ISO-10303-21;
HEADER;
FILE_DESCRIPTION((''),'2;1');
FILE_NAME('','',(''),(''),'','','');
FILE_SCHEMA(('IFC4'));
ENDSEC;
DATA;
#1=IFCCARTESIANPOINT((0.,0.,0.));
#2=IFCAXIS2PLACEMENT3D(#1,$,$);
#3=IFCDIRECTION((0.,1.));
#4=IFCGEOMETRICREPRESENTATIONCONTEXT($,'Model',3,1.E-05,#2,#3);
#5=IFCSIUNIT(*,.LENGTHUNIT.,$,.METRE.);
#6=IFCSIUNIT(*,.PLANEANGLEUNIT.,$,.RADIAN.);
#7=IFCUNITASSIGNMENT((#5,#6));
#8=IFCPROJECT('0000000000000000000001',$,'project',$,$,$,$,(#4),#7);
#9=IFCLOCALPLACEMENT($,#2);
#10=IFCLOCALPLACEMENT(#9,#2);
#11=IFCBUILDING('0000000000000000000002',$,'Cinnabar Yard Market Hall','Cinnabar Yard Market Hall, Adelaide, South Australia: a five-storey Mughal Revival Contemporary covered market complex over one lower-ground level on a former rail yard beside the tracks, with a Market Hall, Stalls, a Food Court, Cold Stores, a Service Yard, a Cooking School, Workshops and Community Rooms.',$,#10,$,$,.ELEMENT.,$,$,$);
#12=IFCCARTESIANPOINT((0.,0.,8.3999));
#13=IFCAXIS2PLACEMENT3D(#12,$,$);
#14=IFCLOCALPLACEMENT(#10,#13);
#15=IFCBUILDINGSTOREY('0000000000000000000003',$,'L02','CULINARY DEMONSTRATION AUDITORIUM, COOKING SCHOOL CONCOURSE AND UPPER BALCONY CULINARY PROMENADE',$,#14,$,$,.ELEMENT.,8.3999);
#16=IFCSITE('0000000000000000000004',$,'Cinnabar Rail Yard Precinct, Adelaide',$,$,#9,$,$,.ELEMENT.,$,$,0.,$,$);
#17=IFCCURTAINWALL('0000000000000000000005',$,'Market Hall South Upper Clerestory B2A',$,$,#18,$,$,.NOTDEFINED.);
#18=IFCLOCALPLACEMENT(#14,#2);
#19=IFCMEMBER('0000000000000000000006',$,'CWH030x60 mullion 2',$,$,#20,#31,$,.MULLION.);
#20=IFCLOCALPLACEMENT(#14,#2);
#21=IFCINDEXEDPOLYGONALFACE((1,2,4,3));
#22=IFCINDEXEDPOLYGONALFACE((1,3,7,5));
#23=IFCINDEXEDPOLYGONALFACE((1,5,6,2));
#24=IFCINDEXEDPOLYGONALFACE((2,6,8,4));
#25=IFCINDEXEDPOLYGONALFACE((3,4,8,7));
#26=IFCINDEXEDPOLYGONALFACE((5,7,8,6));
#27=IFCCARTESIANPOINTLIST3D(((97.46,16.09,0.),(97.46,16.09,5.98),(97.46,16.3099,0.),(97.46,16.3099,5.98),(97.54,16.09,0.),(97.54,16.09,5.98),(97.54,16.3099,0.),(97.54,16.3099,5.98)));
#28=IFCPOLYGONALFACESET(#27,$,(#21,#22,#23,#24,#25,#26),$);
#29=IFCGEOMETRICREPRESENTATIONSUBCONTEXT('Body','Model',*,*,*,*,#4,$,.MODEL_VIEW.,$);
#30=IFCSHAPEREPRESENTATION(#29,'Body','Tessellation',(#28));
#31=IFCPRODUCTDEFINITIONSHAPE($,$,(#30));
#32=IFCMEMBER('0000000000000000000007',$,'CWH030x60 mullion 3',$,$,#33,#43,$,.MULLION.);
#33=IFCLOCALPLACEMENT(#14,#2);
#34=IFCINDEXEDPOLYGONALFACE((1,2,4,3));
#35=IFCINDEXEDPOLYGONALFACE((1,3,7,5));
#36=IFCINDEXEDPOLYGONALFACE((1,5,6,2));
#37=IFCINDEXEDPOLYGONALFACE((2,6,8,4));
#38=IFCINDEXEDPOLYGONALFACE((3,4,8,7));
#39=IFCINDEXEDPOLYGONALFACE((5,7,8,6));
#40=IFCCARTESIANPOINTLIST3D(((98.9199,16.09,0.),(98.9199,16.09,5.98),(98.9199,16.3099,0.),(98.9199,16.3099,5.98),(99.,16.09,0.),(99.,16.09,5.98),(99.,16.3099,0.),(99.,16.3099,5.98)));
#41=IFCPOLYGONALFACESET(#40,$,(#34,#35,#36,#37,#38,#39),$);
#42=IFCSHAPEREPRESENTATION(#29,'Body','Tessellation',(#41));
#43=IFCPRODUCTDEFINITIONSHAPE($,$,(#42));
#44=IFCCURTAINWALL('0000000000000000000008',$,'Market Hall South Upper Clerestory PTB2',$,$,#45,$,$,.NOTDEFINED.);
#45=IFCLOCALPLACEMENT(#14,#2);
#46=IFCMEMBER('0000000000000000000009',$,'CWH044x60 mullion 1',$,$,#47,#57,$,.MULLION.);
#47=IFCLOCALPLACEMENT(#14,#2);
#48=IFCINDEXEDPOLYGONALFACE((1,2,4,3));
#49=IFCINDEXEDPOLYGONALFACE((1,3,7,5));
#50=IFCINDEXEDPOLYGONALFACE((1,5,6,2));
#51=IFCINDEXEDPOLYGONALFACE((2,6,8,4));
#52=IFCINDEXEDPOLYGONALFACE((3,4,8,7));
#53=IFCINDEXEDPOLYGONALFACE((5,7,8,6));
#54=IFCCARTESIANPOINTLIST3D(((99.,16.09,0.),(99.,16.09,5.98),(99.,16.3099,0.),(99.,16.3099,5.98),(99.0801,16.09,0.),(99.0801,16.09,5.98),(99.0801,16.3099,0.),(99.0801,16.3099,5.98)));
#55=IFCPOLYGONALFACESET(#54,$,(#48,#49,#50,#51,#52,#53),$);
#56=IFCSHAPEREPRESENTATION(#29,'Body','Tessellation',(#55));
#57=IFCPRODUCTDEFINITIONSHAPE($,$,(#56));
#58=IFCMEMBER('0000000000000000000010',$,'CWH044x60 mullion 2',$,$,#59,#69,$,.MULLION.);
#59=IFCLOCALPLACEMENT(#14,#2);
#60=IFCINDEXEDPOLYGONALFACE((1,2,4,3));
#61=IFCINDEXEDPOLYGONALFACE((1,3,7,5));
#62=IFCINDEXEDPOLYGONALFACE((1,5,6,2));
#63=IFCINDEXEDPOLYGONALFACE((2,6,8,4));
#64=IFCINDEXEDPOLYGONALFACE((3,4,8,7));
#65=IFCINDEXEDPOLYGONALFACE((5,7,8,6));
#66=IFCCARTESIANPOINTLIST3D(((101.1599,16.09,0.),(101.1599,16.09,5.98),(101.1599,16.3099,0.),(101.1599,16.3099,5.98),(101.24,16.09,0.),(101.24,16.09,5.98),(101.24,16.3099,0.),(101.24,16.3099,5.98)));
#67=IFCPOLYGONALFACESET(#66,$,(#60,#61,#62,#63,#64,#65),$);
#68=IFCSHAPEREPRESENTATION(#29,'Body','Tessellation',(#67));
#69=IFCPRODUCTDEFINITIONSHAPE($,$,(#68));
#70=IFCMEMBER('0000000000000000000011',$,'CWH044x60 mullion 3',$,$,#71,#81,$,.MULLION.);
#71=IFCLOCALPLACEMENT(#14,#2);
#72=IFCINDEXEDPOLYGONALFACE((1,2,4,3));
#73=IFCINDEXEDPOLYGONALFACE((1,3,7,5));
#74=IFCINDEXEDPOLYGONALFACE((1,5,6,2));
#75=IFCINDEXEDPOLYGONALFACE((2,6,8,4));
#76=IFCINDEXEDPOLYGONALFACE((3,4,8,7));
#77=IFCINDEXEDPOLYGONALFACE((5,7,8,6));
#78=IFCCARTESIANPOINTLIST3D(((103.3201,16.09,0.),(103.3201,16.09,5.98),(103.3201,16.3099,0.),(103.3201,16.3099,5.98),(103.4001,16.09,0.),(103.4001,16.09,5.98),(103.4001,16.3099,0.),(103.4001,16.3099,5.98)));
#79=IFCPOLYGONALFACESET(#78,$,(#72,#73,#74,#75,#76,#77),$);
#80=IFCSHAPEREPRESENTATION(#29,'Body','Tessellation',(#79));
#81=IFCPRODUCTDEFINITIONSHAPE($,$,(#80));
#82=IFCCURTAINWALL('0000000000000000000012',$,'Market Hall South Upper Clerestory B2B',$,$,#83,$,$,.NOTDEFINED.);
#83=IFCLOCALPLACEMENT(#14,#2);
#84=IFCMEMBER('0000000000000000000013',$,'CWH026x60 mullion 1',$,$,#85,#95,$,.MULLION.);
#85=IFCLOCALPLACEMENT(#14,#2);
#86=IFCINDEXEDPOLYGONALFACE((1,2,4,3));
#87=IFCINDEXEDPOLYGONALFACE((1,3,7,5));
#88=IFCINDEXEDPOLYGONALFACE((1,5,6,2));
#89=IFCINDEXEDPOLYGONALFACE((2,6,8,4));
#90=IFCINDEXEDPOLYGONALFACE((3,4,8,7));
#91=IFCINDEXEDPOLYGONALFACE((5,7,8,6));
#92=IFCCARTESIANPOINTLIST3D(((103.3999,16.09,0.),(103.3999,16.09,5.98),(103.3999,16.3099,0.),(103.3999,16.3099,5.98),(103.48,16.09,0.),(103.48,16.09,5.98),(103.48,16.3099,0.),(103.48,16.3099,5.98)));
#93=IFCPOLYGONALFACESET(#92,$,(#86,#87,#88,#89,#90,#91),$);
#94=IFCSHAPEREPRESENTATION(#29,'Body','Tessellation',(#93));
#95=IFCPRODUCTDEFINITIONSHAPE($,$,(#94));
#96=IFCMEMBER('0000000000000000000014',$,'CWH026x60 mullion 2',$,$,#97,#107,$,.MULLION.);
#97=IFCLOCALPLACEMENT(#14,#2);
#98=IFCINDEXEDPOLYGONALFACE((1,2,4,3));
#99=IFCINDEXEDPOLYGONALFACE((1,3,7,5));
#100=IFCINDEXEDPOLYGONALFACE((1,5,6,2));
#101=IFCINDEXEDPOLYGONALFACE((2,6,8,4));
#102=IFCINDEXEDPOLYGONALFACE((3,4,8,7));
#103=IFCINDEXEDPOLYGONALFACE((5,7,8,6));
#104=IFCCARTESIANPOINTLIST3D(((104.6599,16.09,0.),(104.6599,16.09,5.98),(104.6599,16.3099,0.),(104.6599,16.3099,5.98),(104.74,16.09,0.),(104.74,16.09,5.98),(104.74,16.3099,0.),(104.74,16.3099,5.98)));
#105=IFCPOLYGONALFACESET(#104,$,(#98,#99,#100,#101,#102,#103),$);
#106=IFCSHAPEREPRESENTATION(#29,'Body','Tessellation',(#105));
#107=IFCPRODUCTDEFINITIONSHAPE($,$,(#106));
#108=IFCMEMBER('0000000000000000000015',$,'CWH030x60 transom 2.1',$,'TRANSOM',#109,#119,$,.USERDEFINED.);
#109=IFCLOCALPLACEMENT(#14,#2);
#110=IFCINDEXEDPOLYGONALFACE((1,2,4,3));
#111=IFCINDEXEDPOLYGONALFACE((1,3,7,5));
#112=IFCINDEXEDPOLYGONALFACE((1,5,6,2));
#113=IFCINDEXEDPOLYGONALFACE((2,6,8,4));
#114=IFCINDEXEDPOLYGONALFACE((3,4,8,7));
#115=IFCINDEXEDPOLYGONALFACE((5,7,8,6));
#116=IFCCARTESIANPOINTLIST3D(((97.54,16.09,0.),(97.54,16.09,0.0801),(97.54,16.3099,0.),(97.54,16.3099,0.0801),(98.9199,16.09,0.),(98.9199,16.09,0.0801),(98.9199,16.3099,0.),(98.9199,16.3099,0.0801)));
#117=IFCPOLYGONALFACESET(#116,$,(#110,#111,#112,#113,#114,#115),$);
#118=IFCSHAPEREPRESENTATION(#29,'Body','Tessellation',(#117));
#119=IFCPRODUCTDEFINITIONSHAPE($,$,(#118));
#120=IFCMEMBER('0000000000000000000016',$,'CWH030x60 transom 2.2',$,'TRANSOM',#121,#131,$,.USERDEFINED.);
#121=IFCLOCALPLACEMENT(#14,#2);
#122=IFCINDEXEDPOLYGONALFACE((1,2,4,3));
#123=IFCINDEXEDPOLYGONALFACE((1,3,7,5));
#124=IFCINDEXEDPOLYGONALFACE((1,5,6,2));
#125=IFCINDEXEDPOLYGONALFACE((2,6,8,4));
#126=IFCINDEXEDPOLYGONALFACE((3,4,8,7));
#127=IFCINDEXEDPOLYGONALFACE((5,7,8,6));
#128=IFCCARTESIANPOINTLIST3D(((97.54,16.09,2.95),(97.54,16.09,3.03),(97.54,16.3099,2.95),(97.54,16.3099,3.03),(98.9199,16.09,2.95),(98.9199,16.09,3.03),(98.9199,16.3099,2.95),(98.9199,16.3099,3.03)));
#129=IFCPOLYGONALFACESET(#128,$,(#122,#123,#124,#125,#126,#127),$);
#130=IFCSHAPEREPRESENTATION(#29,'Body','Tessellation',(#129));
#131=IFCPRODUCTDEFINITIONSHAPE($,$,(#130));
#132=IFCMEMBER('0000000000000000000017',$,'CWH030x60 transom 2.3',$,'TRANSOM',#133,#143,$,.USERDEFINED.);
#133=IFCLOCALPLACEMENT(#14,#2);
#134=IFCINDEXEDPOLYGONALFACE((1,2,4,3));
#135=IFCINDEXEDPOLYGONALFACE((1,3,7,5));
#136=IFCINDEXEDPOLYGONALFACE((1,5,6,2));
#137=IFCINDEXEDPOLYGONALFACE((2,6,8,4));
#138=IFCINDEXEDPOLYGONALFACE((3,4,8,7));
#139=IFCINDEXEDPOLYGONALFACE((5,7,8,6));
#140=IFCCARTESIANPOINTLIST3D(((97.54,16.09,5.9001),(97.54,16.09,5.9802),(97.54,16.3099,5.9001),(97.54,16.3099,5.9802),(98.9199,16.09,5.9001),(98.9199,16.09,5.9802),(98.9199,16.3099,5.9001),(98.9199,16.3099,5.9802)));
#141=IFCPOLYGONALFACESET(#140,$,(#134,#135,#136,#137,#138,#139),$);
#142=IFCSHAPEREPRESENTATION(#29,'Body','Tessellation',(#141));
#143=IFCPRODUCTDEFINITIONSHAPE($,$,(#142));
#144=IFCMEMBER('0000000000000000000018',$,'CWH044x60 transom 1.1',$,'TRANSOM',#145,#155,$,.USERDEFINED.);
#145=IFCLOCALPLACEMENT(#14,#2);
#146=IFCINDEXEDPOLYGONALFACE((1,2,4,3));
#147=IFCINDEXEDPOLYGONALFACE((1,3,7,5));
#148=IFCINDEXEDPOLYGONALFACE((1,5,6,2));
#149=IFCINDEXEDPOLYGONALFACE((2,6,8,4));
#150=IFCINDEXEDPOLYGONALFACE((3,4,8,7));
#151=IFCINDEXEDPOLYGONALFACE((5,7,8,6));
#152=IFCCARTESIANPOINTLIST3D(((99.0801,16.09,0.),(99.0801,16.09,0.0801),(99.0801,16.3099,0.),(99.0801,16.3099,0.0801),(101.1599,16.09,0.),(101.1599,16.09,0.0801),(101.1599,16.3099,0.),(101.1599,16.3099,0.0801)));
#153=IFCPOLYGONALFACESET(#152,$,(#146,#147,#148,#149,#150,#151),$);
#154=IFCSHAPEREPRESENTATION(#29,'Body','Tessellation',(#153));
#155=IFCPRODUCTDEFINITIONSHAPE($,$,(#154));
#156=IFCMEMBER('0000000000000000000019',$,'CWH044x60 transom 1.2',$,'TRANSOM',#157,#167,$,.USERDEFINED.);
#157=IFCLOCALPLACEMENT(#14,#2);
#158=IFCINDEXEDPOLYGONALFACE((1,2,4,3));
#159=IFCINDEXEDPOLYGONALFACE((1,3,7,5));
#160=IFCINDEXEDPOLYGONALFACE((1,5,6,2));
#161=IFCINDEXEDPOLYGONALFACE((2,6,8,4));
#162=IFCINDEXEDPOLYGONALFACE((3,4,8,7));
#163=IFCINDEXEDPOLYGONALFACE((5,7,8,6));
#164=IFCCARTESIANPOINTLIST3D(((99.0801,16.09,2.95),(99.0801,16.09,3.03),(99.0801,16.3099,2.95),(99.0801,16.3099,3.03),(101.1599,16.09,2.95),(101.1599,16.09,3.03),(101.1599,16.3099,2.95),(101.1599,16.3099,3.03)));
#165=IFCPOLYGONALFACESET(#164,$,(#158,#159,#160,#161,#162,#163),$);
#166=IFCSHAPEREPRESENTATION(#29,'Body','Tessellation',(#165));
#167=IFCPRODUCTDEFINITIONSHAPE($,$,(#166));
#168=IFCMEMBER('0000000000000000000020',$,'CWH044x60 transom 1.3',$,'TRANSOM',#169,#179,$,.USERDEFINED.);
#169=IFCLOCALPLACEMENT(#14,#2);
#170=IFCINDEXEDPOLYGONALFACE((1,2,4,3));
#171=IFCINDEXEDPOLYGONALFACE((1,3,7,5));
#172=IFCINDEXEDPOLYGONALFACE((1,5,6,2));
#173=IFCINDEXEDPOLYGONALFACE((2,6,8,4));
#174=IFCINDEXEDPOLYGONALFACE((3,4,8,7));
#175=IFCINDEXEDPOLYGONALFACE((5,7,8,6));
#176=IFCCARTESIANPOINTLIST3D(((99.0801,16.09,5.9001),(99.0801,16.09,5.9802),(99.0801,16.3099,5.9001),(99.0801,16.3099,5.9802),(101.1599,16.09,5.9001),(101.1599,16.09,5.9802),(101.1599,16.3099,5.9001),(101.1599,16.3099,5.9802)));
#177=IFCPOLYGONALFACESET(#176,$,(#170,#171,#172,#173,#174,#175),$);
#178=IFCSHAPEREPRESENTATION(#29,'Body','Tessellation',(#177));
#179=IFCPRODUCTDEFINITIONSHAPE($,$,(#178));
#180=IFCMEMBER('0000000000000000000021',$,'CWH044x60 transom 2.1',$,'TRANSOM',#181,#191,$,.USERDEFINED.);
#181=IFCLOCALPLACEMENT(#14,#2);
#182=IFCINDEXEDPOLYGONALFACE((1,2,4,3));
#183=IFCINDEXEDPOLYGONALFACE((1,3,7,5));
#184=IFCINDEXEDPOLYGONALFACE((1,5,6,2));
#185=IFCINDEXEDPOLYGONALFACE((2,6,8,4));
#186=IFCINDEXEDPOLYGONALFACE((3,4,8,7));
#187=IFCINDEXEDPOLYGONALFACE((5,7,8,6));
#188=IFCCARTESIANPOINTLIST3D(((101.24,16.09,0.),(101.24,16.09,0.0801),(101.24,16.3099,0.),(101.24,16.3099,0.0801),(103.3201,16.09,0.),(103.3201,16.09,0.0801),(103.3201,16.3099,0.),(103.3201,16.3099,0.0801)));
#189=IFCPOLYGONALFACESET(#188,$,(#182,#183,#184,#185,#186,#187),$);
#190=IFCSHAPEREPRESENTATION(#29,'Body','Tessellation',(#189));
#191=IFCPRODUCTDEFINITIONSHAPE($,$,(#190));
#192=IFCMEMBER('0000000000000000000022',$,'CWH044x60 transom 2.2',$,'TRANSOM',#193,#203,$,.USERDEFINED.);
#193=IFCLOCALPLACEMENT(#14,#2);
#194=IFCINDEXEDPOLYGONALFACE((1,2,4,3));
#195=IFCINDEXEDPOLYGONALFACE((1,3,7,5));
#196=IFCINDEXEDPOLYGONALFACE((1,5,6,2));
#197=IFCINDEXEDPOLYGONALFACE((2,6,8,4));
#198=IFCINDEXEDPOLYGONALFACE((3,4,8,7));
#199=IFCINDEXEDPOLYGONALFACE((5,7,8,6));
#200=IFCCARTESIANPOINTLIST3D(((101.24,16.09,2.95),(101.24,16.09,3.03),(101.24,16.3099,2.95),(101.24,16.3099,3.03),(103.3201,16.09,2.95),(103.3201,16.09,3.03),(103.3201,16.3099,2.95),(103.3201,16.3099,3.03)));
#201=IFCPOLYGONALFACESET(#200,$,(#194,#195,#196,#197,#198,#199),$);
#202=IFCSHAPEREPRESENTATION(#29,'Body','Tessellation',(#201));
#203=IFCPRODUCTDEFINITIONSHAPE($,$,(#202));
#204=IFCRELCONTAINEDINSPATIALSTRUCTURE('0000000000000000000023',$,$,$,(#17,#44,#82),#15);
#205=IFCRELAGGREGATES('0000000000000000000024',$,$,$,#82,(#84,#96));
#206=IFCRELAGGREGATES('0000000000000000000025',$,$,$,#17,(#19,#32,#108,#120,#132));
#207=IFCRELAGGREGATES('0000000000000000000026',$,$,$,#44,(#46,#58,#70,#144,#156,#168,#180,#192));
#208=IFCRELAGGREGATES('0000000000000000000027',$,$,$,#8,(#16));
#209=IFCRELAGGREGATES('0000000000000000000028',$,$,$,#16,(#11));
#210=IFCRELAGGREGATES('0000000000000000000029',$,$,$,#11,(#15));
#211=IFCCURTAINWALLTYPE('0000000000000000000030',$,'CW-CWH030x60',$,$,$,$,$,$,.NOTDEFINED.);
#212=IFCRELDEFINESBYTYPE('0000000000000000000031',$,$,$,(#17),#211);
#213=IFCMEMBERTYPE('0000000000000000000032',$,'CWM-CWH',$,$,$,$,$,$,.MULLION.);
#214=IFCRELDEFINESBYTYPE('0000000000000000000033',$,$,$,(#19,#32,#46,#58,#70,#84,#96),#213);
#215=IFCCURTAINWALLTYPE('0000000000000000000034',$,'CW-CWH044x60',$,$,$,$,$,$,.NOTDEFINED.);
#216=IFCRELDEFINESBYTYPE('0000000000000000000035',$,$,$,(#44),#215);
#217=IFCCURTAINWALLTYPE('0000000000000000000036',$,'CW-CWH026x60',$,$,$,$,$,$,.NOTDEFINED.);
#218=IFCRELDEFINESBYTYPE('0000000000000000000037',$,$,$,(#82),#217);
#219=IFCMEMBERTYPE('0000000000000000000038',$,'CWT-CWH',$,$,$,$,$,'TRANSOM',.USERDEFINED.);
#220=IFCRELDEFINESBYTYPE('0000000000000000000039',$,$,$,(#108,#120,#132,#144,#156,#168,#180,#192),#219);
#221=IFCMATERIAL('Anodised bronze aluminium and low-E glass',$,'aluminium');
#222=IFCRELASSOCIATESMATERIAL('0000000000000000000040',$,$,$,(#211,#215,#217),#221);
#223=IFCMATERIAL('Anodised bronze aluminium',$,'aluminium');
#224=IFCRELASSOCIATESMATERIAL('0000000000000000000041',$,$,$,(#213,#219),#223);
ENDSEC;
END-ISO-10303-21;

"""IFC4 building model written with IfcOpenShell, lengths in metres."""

from ifc_helpers import new_model, si_unit, direction, frame, origin, origin_2d_with_axis, place, context, subcontext, project, spatial, rectangle, extrude, material, material_profile, profile_set, type_object, element, aggregate, save


model = new_model("IFC4")

# Units and contexts
model_context = context("Model", 3, precision=1e-05, world=origin(), true_north=direction((0.0, 1.0)))
body_context = subcontext(model_context, "Body", "Model", "MODEL_VIEW")
ifc_project = project(units=[si_unit("LENGTHUNIT", "METRE"), si_unit("PLANEANGLEUNIT", "RADIAN")], contexts=[model_context])

# Site, building, storey
site_placement = place(None, origin())
site = spatial("IfcSite", under=ifc_project, at=site_placement, Name="Cinnabar Rail Yard Precinct, Adelaide", CompositionType="ELEMENT", RefElevation=0.0)
building_placement = place(site_placement, origin())
building = spatial("IfcBuilding", under=site, at=building_placement, Name="Cinnabar Yard Market Hall", Description="Cinnabar Yard Market Hall, Adelaide, South Australia: a five-storey Mughal Revival Contemporary covered market complex over one lower-ground level on a former rail yard beside the tracks, with a Market Hall, Stalls, a Food Court, Cold Stores, a Service Yard, a Cooking School, Workshops and Community Rooms.", CompositionType="ELEMENT")
storey_placement = place(building_placement, frame((0.0, 0.0, 8.3999)))
storey = spatial("IfcBuildingStorey", under=building, at=storey_placement, Name="L02", Description="CULINARY DEMONSTRATION AUDITORIUM, COOKING SCHOOL CONCOURSE AND UPPER BALCONY CULINARY PROMENADE", CompositionType="ELEMENT", Elevation=8.3999)

# Curtain walls, members
ifc_material_1 = material(Name="Anodised bronze aluminium and low-E glass", Category="aluminium")
curtain_wall_type_1 = type_object("IfcCurtainWallType", Name="CW-CWH030x60", PredefinedType="NOTDEFINED", material=ifc_material_1)
curtain_wall_1_placement = place(storey_placement, origin())
curtain_wall_1 = element("IfcCurtainWall", 1, at=curtain_wall_1_placement, inside=storey, type_object=curtain_wall_type_1, Name="Market Hall South Upper Clerestory B2A", PredefinedType="NOTDEFINED")
ifc_material_2 = material(Name="Anodised bronze aluminium", Category="aluminium")
ifc_material_profile_1 = material_profile(ifc_material_2, rectangle(XDim=0.22, YDim=0.0801, at=origin_2d_with_axis()), Name="MUL-CWH")
ifc_profile_set_1 = profile_set([ifc_material_profile_1], Name="Anodised bronze aluminium")
member_type_1 = type_object("IfcMemberType", Name="CWM-CWH", PredefinedType="MULLION", material=ifc_profile_set_1)
member_1_placement = place(storey_placement, frame((97.5, 16.2, 0.0), z_axis=(0.0, 0.0, 1.0), x_axis=(0.0, 1.0, 0.0)))
member_1 = element("IfcMember", 2, at=member_1_placement, type_object=member_type_1, Name="CWH030x60 mullion 2", PredefinedType="MULLION", context=body_context, shape_type="SweptSolid", body=[
    extrude(rectangle(XDim=0.22, YDim=0.0801, at=origin_2d_with_axis()), origin(), (0.0, 0.0, 1.0), 5.98),
])
member_2_placement = place(storey_placement, frame((98.96, 16.2, 0.0), z_axis=(0.0, 0.0, 1.0), x_axis=(0.0, 1.0, 0.0)))
member_2 = element("IfcMember", 3, at=member_2_placement, type_object=member_type_1, Name="CWH030x60 mullion 3", PredefinedType="MULLION", context=body_context, shape_type="SweptSolid", body=[
    extrude(rectangle(XDim=0.22, YDim=0.0801, at=origin_2d_with_axis()), origin(), (0.0, 0.0, 1.0), 5.98),
])
curtain_wall_type_2 = type_object("IfcCurtainWallType", Name="CW-CWH044x60", PredefinedType="NOTDEFINED", material=ifc_material_1)
curtain_wall_2_placement = place(storey_placement, origin())
curtain_wall_2 = element("IfcCurtainWall", 4, at=curtain_wall_2_placement, inside=storey, type_object=curtain_wall_type_2, Name="Market Hall South Upper Clerestory PTB2", PredefinedType="NOTDEFINED")
member_3_placement = place(storey_placement, frame((99.04, 16.2, 0.0), z_axis=(0.0, 0.0, 1.0), x_axis=(0.0, 1.0, 0.0)))
member_3 = element("IfcMember", 5, at=member_3_placement, type_object=member_type_1, Name="CWH044x60 mullion 1", PredefinedType="MULLION", context=body_context, shape_type="SweptSolid", body=[
    extrude(rectangle(XDim=0.22, YDim=0.0801, at=origin_2d_with_axis()), origin(), (0.0, 0.0, 1.0), 5.98),
])
member_4_placement = place(storey_placement, frame((101.2, 16.2, 0.0), z_axis=(0.0, 0.0, 1.0), x_axis=(0.0, 1.0, 0.0)))
member_4 = element("IfcMember", 6, at=member_4_placement, type_object=member_type_1, Name="CWH044x60 mullion 2", PredefinedType="MULLION", context=body_context, shape_type="SweptSolid", body=[
    extrude(rectangle(XDim=0.22, YDim=0.0801, at=origin_2d_with_axis()), origin(), (0.0, 0.0, 1.0), 5.98),
])
member_5_placement = place(storey_placement, frame((103.3601, 16.2, 0.0), z_axis=(0.0, 0.0, 1.0), x_axis=(0.0, 1.0, 0.0)))
member_5 = element("IfcMember", 7, at=member_5_placement, type_object=member_type_1, Name="CWH044x60 mullion 3", PredefinedType="MULLION", context=body_context, shape_type="SweptSolid", body=[
    extrude(rectangle(XDim=0.22, YDim=0.0801, at=origin_2d_with_axis()), origin(), (0.0, 0.0, 1.0), 5.98),
])
curtain_wall_type_3 = type_object("IfcCurtainWallType", Name="CW-CWH026x60", PredefinedType="NOTDEFINED", material=ifc_material_1)
curtain_wall_3_placement = place(storey_placement, origin())
curtain_wall_3 = element("IfcCurtainWall", 8, at=curtain_wall_3_placement, inside=storey, type_object=curtain_wall_type_3, Name="Market Hall South Upper Clerestory B2B", PredefinedType="NOTDEFINED")
member_6_placement = place(storey_placement, frame((103.4399, 16.2, 0.0), z_axis=(0.0, 0.0, 1.0), x_axis=(0.0, 1.0, 0.0)))
member_6 = element("IfcMember", 9, at=member_6_placement, type_object=member_type_1, Name="CWH026x60 mullion 1", PredefinedType="MULLION", context=body_context, shape_type="SweptSolid", body=[
    extrude(rectangle(XDim=0.22, YDim=0.0801, at=origin_2d_with_axis()), origin(), (0.0, 0.0, 1.0), 5.98),
])
member_7_placement = place(storey_placement, frame((104.7, 16.2, 0.0), z_axis=(0.0, 0.0, 1.0), x_axis=(0.0, 1.0, 0.0)))
member_7 = element("IfcMember", 10, at=member_7_placement, type_object=member_type_1, Name="CWH026x60 mullion 2", PredefinedType="MULLION", context=body_context, shape_type="SweptSolid", body=[
    extrude(rectangle(XDim=0.22, YDim=0.0801, at=origin_2d_with_axis()), origin(), (0.0, 0.0, 1.0), 5.98),
])

# Members
ifc_material_profile_2 = material_profile(ifc_material_2, rectangle(XDim=0.22, YDim=0.0801, at=origin_2d_with_axis()), Name="TRN-CWH")
ifc_profile_set_2 = profile_set([ifc_material_profile_2], Name="Anodised bronze aluminium")
member_type_2 = type_object("IfcMemberType", Name="CWT-CWH", ElementType="TRANSOM", PredefinedType="USERDEFINED", material=ifc_profile_set_2)
member_8_placement = place(storey_placement, frame((97.54, 16.2, 0.04), z_axis=(1.0, 0.0, 0.0), x_axis=(0.0, 1.0, 0.0)))
member_8 = element("IfcMember", 11, at=member_8_placement, type_object=member_type_2, Name="CWH030x60 transom 2.1", ObjectType="TRANSOM", PredefinedType="USERDEFINED", context=body_context, shape_type="SweptSolid", body=[
    extrude(rectangle(XDim=0.22, YDim=0.0801, at=origin_2d_with_axis()), origin(), (0.0, 0.0, 1.0), 1.3799),
])
member_9_placement = place(storey_placement, frame((97.54, 16.2, 2.99), z_axis=(1.0, 0.0, 0.0), x_axis=(0.0, 1.0, 0.0)))
member_9 = element("IfcMember", 12, at=member_9_placement, type_object=member_type_2, Name="CWH030x60 transom 2.2", ObjectType="TRANSOM", PredefinedType="USERDEFINED", context=body_context, shape_type="SweptSolid", body=[
    extrude(rectangle(XDim=0.22, YDim=0.0801, at=origin_2d_with_axis()), origin(), (0.0, 0.0, 1.0), 1.3799),
])
member_10_placement = place(storey_placement, frame((97.54, 16.2, 5.9402), z_axis=(1.0, 0.0, 0.0), x_axis=(0.0, 1.0, 0.0)))
member_10 = element("IfcMember", 13, at=member_10_placement, type_object=member_type_2, Name="CWH030x60 transom 2.3", ObjectType="TRANSOM", PredefinedType="USERDEFINED", context=body_context, shape_type="SweptSolid", body=[
    extrude(rectangle(XDim=0.22, YDim=0.0801, at=origin_2d_with_axis()), origin(), (0.0, 0.0, 1.0), 1.3799),
])
member_11_placement = place(storey_placement, frame((99.0801, 16.2, 0.04), z_axis=(1.0, 0.0, 0.0), x_axis=(0.0, 1.0, 0.0)))
member_11 = element("IfcMember", 14, at=member_11_placement, type_object=member_type_2, Name="CWH044x60 transom 1.1", ObjectType="TRANSOM", PredefinedType="USERDEFINED", context=body_context, shape_type="SweptSolid", body=[
    extrude(rectangle(XDim=0.22, YDim=0.0801, at=origin_2d_with_axis()), origin(), (0.0, 0.0, 1.0), 2.0798),
])
member_12_placement = place(storey_placement, frame((99.0801, 16.2, 2.99), z_axis=(1.0, 0.0, 0.0), x_axis=(0.0, 1.0, 0.0)))
member_12 = element("IfcMember", 15, at=member_12_placement, type_object=member_type_2, Name="CWH044x60 transom 1.2", ObjectType="TRANSOM", PredefinedType="USERDEFINED", context=body_context, shape_type="SweptSolid", body=[
    extrude(rectangle(XDim=0.22, YDim=0.0801, at=origin_2d_with_axis()), origin(), (0.0, 0.0, 1.0), 2.0798),
])
member_13_placement = place(storey_placement, frame((99.0801, 16.2, 5.9402), z_axis=(1.0, 0.0, 0.0), x_axis=(0.0, 1.0, 0.0)))
member_13 = element("IfcMember", 16, at=member_13_placement, type_object=member_type_2, Name="CWH044x60 transom 1.3", ObjectType="TRANSOM", PredefinedType="USERDEFINED", context=body_context, shape_type="SweptSolid", body=[
    extrude(rectangle(XDim=0.22, YDim=0.0801, at=origin_2d_with_axis()), origin(), (0.0, 0.0, 1.0), 2.0798),
])
member_14_placement = place(storey_placement, frame((101.24, 16.2, 0.04), z_axis=(1.0, 0.0, 0.0), x_axis=(0.0, 1.0, 0.0)))
member_14 = element("IfcMember", 17, at=member_14_placement, type_object=member_type_2, Name="CWH044x60 transom 2.1", ObjectType="TRANSOM", PredefinedType="USERDEFINED", context=body_context, shape_type="SweptSolid", body=[
    extrude(rectangle(XDim=0.22, YDim=0.0801, at=origin_2d_with_axis()), origin(), (0.0, 0.0, 1.0), 2.0801),
])
member_15_placement = place(storey_placement, frame((101.24, 16.2, 2.99), z_axis=(1.0, 0.0, 0.0), x_axis=(0.0, 1.0, 0.0)))
member_15 = element("IfcMember", 18, at=member_15_placement, type_object=member_type_2, Name="CWH044x60 transom 2.2", ObjectType="TRANSOM", PredefinedType="USERDEFINED", context=body_context, shape_type="SweptSolid", body=[
    extrude(rectangle(XDim=0.22, YDim=0.0801, at=origin_2d_with_axis()), origin(), (0.0, 0.0, 1.0), 2.0801),
])

aggregate(curtain_wall_3, [member_6, member_7])
aggregate(curtain_wall_1, [member_1, member_2, member_8, member_9, member_10])
aggregate(curtain_wall_2, [member_3, member_4, member_5, member_11, member_12, member_13, member_14, member_15])

save(model, "model.ifc")
